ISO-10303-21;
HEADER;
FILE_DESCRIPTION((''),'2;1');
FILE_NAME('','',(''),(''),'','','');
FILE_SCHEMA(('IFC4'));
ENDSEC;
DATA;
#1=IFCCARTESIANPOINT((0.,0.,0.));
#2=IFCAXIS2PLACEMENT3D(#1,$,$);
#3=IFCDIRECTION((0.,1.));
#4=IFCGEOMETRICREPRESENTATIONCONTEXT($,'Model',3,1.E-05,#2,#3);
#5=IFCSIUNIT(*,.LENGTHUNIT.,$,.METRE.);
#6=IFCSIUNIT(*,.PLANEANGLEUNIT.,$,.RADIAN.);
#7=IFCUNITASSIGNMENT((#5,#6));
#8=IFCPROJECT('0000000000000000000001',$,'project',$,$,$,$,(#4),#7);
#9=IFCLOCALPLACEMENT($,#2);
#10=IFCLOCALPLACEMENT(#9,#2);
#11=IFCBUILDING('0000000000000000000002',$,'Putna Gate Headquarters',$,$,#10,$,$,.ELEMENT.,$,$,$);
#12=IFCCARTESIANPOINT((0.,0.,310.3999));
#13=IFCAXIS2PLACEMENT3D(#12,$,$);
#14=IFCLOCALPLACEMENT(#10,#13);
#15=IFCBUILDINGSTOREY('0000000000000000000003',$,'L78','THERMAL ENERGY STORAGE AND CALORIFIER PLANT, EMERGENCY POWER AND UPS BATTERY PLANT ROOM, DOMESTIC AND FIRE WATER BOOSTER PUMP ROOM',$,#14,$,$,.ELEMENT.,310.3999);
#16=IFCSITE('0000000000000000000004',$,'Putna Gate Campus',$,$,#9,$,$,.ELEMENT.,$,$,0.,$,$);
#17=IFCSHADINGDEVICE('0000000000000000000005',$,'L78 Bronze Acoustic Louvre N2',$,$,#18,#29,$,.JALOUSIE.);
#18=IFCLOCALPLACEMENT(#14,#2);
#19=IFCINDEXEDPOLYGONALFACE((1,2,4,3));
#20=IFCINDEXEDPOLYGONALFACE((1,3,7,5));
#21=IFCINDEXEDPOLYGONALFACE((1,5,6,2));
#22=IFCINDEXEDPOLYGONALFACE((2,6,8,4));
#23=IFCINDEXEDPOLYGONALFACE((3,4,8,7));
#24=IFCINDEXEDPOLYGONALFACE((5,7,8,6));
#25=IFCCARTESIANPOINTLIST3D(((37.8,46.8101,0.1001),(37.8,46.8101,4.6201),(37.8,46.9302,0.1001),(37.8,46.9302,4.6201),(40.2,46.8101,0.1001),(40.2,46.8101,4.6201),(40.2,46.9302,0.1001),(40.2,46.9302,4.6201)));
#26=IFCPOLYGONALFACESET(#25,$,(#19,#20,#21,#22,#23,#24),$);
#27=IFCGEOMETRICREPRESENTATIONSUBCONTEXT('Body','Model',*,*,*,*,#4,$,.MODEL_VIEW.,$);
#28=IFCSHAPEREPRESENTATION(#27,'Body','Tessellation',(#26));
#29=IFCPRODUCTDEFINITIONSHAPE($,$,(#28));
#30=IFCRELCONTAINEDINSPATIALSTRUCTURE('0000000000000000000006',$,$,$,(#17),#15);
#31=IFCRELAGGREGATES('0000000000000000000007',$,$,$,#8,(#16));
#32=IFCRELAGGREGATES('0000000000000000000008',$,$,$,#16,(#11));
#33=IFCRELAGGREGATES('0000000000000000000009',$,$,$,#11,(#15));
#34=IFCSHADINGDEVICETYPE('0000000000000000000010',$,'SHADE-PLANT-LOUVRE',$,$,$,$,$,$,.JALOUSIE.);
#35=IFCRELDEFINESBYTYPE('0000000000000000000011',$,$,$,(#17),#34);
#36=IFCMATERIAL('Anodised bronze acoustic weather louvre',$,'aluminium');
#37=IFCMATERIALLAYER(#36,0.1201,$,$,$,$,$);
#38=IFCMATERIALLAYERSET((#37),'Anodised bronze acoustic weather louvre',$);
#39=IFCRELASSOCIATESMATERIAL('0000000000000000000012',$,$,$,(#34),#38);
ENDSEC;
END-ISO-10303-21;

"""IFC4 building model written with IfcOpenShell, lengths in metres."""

from ifc_helpers import new_model, si_unit, direction, frame, origin, origin_2d, place, context, subcontext, project, spatial, rectangle, extrude, material, layer, layer_set, type_object, element, save


model = new_model("IFC4")

# Units and contexts
model_context = context("Model", 3, precision=1e-05, world=origin(), true_north=direction((0.0, 1.0)))
body_context = subcontext(model_context, "Body", "Model", "MODEL_VIEW")
ifc_project = project(units=[si_unit("LENGTHUNIT", "METRE"), si_unit("PLANEANGLEUNIT", "RADIAN")], contexts=[model_context])

# Site, building, storey
site_placement = place(None, origin())
site = spatial("IfcSite", under=ifc_project, at=site_placement, Name="Putna Gate Campus", CompositionType="ELEMENT", RefElevation=0.0)
building_placement = place(site_placement, origin())
building = spatial("IfcBuilding", under=site, at=building_placement, Name="Putna Gate Headquarters", CompositionType="ELEMENT")
storey_placement = place(building_placement, frame((0.0, 0.0, 310.3999)))
storey = spatial("IfcBuildingStorey", under=building, at=storey_placement, Name="L78", Description="THERMAL ENERGY STORAGE AND CALORIFIER PLANT, EMERGENCY POWER AND UPS BATTERY PLANT ROOM, DOMESTIC AND FIRE WATER BOOSTER PUMP ROOM", CompositionType="ELEMENT", Elevation=310.3999)

# Shading device
ifc_material_1 = material(Name="Anodised bronze acoustic weather louvre", Category="aluminium")
ifc_layer_1 = layer(ifc_material_1, 0.1201)
ifc_layer_set_1 = layer_set([ifc_layer_1], Name="Anodised bronze acoustic weather louvre")
shading_device_type = type_object("IfcShadingDeviceType", Name="SHADE-PLANT-LOUVRE", PredefinedType="JALOUSIE", material=ifc_layer_set_1)
shading_device_placement = place(storey_placement, frame((39.0, 46.8701, 0.1001), z_axis=(0.0, 0.0, 1.0), x_axis=(1.0, 0.0, 0.0)))
element("IfcShadingDevice", 1, at=shading_device_placement, inside=storey, type_object=shading_device_type, Name="L78 Bronze Acoustic Louvre N2", PredefinedType="JALOUSIE", context=body_context, shape_type="SweptSolid", body=[
    extrude(rectangle(XDim=2.3999, YDim=0.1201, at=origin_2d()), origin(), (0.0, 0.0, 1.0), 4.52),
])

save(model, "model.ifc")
